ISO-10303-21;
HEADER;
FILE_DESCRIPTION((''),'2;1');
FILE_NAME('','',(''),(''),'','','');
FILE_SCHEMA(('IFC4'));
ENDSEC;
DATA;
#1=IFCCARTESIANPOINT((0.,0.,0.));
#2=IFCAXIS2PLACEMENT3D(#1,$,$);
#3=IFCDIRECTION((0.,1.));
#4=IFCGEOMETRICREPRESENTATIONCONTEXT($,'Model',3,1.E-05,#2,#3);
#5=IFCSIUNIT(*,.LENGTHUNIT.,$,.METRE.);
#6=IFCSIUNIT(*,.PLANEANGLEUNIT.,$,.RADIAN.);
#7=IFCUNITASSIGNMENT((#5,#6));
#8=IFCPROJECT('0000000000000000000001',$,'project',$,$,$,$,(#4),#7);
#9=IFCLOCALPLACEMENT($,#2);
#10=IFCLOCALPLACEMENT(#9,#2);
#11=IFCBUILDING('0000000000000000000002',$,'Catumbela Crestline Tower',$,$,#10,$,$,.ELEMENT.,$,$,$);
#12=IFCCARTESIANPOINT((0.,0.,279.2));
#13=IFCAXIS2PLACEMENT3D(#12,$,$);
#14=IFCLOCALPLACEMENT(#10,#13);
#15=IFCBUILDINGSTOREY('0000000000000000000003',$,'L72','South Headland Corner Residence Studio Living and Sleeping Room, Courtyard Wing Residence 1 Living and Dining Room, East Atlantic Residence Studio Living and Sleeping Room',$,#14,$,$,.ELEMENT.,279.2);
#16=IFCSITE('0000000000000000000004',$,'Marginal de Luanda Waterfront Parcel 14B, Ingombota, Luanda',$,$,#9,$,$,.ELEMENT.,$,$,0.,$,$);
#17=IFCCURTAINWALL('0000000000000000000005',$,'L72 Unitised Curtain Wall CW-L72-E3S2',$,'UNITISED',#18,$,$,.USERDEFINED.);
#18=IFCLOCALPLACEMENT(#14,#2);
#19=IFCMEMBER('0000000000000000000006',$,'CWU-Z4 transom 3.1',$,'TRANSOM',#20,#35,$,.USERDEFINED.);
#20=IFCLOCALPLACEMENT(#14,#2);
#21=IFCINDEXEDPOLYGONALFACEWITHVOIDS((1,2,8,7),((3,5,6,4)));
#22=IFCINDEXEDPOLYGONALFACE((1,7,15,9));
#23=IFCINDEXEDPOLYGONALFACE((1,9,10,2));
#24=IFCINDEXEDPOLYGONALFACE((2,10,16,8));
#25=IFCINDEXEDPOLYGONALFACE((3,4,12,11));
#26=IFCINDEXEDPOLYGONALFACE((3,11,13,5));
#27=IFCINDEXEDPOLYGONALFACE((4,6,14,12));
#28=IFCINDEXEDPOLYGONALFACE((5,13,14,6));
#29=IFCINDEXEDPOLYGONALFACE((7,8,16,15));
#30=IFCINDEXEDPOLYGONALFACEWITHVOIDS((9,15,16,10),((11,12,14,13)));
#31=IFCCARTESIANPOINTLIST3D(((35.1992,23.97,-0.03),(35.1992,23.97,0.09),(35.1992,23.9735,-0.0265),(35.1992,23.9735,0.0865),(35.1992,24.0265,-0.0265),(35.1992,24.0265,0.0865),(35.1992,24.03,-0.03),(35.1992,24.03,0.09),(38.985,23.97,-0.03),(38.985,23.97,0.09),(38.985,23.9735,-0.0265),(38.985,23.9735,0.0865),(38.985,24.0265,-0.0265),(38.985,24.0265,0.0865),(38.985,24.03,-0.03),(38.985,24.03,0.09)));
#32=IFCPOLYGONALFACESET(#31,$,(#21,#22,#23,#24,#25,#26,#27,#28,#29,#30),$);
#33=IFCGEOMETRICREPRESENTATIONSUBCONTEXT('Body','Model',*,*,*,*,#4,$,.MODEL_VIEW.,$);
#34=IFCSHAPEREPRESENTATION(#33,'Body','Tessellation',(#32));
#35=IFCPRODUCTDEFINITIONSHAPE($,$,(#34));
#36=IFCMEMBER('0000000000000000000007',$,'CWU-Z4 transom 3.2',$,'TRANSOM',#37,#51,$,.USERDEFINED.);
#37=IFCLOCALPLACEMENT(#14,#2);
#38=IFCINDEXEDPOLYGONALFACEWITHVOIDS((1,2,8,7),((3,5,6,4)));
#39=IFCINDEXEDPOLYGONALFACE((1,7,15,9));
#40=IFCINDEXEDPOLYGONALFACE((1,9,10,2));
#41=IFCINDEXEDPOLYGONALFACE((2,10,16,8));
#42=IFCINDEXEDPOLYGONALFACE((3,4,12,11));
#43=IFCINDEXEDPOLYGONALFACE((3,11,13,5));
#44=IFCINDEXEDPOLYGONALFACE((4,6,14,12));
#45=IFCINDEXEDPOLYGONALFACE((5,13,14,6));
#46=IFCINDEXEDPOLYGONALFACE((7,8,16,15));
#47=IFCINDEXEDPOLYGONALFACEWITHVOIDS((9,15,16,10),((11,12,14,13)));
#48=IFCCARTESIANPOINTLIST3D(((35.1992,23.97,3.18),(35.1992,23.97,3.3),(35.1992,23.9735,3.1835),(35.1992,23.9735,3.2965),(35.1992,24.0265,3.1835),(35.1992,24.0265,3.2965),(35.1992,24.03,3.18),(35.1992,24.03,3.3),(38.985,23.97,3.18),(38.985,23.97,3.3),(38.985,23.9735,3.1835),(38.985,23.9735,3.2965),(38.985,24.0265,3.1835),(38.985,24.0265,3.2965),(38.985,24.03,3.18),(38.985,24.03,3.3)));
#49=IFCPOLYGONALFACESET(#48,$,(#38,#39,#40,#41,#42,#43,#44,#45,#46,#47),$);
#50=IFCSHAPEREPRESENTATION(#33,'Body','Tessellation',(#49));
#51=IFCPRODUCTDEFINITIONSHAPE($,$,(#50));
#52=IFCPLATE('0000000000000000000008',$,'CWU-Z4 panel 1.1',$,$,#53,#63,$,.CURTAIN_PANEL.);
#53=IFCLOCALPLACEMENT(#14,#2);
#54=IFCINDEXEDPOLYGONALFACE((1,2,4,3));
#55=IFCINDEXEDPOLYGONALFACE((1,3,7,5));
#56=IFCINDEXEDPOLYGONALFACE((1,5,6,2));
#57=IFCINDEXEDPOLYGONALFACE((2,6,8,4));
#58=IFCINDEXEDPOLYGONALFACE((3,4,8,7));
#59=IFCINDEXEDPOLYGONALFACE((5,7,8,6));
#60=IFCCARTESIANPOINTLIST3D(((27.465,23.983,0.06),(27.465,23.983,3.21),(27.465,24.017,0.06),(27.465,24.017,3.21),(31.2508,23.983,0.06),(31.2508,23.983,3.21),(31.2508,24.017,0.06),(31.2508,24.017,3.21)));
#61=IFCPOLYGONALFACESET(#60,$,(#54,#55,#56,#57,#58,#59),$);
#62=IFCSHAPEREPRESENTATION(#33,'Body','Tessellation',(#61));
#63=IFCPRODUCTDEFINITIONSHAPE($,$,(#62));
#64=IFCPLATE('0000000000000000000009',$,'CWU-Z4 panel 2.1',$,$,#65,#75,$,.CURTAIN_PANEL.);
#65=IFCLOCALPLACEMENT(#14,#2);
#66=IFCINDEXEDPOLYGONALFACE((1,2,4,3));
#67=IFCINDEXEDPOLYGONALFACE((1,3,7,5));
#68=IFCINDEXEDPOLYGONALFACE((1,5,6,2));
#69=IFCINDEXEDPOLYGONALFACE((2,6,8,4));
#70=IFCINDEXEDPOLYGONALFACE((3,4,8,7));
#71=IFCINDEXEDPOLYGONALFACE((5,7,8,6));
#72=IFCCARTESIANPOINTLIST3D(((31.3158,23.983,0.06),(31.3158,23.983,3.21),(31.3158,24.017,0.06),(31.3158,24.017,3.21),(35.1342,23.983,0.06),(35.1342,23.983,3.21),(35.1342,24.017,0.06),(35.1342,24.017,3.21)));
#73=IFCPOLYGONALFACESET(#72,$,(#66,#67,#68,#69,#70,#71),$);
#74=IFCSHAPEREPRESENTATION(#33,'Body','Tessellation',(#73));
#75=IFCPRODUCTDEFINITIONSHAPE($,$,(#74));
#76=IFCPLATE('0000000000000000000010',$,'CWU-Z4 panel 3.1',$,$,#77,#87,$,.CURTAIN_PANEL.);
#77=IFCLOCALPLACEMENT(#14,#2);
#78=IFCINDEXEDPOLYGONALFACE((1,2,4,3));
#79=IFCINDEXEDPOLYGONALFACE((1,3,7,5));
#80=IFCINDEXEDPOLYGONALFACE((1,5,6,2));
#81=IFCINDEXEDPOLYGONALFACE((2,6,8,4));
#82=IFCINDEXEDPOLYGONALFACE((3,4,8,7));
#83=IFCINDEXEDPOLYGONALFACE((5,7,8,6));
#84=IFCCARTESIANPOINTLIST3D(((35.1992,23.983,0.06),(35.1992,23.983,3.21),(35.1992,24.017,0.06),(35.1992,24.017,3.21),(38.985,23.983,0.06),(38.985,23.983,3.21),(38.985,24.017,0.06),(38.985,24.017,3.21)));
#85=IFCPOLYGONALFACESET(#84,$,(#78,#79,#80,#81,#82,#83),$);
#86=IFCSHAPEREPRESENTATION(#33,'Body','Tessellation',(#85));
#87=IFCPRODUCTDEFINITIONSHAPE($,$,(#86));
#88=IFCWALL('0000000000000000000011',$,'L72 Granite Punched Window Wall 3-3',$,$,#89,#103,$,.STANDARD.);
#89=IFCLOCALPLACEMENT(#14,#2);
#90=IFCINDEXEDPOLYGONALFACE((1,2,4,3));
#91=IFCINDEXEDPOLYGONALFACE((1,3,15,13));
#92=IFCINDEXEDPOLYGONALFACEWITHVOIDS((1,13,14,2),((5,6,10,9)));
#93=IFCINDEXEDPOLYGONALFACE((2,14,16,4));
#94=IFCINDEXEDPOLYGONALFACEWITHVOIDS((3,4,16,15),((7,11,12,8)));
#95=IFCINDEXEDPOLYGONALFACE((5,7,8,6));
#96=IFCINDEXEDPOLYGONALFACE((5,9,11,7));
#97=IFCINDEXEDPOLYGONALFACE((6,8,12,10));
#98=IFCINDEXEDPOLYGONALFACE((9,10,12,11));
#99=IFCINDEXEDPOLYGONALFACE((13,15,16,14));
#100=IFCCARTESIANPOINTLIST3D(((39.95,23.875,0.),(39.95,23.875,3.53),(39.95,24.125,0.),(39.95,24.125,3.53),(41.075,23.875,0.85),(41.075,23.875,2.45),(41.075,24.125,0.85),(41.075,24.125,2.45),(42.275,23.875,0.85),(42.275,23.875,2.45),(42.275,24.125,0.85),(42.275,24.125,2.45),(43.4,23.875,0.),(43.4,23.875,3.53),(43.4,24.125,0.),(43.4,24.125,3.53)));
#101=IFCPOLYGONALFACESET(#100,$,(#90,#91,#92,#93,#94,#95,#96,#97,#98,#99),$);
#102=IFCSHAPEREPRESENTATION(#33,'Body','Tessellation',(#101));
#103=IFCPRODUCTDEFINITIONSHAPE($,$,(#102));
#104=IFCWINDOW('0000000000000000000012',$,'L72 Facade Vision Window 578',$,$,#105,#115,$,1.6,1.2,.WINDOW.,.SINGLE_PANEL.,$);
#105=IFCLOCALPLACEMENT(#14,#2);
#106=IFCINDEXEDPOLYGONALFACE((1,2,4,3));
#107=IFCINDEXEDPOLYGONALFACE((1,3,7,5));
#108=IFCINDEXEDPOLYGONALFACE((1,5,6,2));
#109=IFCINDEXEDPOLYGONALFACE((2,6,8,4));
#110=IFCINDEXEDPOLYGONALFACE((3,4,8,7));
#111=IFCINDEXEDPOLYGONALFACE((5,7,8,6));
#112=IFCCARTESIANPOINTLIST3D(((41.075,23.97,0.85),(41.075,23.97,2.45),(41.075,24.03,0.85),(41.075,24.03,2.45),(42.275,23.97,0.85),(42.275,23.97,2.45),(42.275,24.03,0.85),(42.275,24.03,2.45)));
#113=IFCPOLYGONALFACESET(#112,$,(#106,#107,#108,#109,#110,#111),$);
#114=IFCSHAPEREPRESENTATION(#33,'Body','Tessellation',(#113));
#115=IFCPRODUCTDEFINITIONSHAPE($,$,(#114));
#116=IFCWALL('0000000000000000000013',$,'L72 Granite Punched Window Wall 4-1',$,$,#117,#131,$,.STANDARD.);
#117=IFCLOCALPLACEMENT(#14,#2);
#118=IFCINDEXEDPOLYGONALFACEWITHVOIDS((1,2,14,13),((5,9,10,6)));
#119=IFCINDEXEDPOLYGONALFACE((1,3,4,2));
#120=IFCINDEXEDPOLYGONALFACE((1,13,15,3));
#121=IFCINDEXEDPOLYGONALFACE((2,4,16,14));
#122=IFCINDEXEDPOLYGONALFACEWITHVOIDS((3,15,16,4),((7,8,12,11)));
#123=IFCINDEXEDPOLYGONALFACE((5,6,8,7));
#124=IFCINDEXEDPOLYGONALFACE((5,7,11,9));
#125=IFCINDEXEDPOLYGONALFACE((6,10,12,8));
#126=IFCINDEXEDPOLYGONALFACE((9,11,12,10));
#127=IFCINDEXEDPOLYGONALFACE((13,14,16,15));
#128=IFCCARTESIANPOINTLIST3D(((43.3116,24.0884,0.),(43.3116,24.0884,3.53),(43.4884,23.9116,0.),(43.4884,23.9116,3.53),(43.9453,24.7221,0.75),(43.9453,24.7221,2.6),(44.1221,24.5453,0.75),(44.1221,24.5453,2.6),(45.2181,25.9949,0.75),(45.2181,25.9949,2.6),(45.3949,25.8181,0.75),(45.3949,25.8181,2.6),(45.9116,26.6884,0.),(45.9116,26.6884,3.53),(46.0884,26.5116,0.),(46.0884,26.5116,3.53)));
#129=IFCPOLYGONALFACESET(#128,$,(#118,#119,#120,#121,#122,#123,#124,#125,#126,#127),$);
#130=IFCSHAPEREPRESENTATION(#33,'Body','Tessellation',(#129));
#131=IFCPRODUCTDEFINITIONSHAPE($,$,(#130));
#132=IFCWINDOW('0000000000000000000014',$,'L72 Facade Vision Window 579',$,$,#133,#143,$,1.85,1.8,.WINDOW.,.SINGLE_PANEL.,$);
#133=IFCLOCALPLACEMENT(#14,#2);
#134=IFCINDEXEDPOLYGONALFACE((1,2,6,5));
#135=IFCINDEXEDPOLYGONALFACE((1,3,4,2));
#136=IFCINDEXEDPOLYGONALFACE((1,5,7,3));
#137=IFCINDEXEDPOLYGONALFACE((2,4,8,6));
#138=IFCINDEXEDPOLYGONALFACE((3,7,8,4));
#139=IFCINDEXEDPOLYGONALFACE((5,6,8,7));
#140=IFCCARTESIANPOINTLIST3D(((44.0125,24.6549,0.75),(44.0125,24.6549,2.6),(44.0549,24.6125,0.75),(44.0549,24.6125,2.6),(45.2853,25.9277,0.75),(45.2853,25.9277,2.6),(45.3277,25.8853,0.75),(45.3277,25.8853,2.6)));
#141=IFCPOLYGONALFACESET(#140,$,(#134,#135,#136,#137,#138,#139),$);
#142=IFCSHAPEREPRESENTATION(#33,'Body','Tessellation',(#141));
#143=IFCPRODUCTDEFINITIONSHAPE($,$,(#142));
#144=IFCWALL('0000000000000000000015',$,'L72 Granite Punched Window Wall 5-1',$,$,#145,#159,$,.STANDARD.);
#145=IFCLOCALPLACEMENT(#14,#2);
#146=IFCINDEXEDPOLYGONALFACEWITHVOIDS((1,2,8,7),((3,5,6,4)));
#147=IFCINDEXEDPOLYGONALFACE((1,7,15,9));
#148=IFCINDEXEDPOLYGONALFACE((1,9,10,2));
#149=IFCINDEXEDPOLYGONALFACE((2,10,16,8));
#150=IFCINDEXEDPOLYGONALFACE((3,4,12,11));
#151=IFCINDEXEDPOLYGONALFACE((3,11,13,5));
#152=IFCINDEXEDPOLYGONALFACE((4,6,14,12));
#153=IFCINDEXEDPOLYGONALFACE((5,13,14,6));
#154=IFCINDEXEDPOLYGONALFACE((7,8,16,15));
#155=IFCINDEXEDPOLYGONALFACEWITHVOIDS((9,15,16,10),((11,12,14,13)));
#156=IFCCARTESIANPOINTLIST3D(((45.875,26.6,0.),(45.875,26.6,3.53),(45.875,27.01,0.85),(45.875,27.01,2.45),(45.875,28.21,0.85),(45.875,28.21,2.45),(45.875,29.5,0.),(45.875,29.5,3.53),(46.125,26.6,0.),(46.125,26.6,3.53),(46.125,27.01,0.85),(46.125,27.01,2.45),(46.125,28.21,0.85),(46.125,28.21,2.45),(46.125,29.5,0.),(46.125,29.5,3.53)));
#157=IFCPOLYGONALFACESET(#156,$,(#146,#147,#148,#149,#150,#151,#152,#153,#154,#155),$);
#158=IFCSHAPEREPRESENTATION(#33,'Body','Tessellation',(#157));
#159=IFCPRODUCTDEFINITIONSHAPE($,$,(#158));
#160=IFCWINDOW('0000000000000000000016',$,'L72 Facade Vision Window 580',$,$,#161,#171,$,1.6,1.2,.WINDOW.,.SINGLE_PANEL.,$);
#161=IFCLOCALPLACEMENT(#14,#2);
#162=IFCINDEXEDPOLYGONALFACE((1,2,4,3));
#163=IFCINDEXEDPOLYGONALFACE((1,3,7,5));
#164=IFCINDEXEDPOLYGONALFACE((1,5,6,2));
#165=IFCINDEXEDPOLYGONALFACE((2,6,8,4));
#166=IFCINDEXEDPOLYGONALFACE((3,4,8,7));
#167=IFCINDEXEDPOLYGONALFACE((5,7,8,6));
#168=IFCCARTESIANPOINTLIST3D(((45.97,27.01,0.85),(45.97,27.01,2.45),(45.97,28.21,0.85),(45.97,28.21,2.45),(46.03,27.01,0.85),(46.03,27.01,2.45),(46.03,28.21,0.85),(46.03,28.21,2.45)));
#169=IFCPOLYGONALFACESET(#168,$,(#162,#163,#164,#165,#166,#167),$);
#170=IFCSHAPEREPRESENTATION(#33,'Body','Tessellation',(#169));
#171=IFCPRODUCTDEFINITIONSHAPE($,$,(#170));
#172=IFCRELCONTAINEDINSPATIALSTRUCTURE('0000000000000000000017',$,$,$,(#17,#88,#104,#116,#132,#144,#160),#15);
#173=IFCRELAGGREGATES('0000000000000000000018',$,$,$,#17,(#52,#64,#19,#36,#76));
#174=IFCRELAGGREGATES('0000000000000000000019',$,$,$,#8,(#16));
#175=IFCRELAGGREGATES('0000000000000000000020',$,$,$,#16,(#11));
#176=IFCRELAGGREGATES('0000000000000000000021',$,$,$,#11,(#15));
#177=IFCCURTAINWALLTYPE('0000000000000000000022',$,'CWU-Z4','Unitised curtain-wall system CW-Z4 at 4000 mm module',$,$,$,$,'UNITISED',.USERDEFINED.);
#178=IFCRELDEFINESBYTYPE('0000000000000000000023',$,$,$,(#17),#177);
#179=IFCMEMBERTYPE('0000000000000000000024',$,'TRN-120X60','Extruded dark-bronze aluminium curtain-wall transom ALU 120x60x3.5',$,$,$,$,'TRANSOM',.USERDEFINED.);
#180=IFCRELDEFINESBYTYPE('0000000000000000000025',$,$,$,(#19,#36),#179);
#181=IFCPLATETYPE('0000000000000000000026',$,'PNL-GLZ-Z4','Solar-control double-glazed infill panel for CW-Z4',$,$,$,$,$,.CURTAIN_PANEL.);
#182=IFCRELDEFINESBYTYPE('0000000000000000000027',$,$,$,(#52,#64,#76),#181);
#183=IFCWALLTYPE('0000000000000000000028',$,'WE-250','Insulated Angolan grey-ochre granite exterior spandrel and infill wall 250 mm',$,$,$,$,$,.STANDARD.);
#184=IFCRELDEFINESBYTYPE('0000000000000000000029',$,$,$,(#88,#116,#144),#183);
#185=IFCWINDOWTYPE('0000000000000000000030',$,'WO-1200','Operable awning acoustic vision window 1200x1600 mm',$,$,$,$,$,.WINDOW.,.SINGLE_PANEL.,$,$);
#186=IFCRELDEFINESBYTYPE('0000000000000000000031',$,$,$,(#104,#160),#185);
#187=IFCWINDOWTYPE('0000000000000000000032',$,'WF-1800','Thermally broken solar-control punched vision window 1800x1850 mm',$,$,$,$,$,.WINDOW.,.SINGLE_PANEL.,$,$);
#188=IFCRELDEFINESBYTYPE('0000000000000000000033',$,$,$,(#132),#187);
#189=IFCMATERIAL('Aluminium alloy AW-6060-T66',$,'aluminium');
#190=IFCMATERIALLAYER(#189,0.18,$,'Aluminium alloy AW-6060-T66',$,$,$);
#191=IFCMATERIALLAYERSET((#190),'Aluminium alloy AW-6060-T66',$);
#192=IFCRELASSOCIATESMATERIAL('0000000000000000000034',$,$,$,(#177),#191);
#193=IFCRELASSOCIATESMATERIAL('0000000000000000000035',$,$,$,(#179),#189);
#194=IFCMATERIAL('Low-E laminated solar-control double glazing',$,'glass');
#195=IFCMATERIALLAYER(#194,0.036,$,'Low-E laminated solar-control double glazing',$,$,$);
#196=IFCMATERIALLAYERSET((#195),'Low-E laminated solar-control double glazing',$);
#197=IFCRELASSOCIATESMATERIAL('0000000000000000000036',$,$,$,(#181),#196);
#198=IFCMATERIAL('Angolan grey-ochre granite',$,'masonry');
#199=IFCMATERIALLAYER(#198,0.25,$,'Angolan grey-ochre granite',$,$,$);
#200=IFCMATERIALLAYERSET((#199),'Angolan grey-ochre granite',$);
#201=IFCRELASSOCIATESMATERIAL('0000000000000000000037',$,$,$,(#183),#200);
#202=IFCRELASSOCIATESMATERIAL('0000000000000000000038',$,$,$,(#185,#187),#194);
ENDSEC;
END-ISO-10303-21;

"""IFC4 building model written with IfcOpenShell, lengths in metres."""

from ifc_helpers import new_model, si_unit, direction, frame, frame_2d, origin, origin_2d, place, context, subcontext, project, spatial, rectangle, hollow_rectangle, extrude, material, layer, layer_set, material_profile, profile_set, type_object, element, fill, aggregate, save


model = new_model("IFC4")

# Units and contexts
model_context = context("Model", 3, precision=1e-05, world=origin(), true_north=direction((0.0, 1.0)))
body_context = subcontext(model_context, "Body", "Model", "MODEL_VIEW")
ifc_project = project(units=[si_unit("LENGTHUNIT", "METRE"), si_unit("PLANEANGLEUNIT", "RADIAN")], contexts=[model_context])

# Site, building, storey
site_placement = place(None, origin())
site = spatial("IfcSite", under=ifc_project, at=site_placement, Name="Marginal de Luanda Waterfront Parcel 14B, Ingombota, Luanda", CompositionType="ELEMENT", RefElevation=0.0)
building_placement = place(site_placement, origin())
building = spatial("IfcBuilding", under=site, at=building_placement, Name="Catumbela Crestline Tower", CompositionType="ELEMENT")
storey_placement = place(building_placement, frame((0.0, 0.0, 279.2)))
storey = spatial("IfcBuildingStorey", under=building, at=storey_placement, Name="L72", Description="South Headland Corner Residence Studio Living and Sleeping Room, Courtyard Wing Residence 1 Living and Dining Room, East Atlantic Residence Studio Living and Sleeping Room", CompositionType="ELEMENT", Elevation=279.2)

# Curtain wall
ifc_material_1 = material(Name="Aluminium alloy AW-6060-T66", Category="aluminium")
ifc_layer_1 = layer(ifc_material_1, 0.18, Name="Aluminium alloy AW-6060-T66")
ifc_layer_set_1 = layer_set([ifc_layer_1], Name="Aluminium alloy AW-6060-T66")
curtain_wall_type = type_object("IfcCurtainWallType", Name="CWU-Z4", Description="Unitised curtain-wall system CW-Z4 at 4000 mm module", ElementType="UNITISED", PredefinedType="USERDEFINED", material=ifc_layer_set_1)
curtain_wall_placement = place(storey_placement, origin())
curtain_wall = element("IfcCurtainWall", 1, at=curtain_wall_placement, inside=storey, type_object=curtain_wall_type, Name="L72 Unitised Curtain Wall CW-L72-E3S2", ObjectType="UNITISED", PredefinedType="USERDEFINED")

# Members
ifc_material_profile_1 = material_profile(ifc_material_1, hollow_rectangle(XDim=0.06, YDim=0.12, WallThickness=0.0035, at=origin_2d()), Name="ALU 120x60x3.5")
ifc_profile_set_1 = profile_set([ifc_material_profile_1], Name="Aluminium alloy AW-6060-T66")
member_type_1 = type_object("IfcMemberType", Name="TRN-120X60", Description="Extruded dark-bronze aluminium curtain-wall transom ALU 120x60x3.5", ElementType="TRANSOM", PredefinedType="USERDEFINED", material=ifc_profile_set_1)
member_1_placement = place(storey_placement, frame((35.1992, 24.0, 0.03), z_axis=(1.0, 0.0, 0.0), x_axis=(0.0, 1.0, 0.0)))
member_1 = element("IfcMember", 2, at=member_1_placement, type_object=member_type_1, Name="CWU-Z4 transom 3.1", ObjectType="TRANSOM", PredefinedType="USERDEFINED", context=body_context, shape_type="SweptSolid", body=[
    extrude(hollow_rectangle(XDim=0.06, YDim=0.12, WallThickness=0.0035, at=origin_2d()), origin(), (0.0, 0.0, 1.0), 3.7858),
])
member_2_placement = place(storey_placement, frame((35.1992, 24.0, 3.24), z_axis=(1.0, 0.0, 0.0), x_axis=(0.0, 1.0, 0.0)))
member_2 = element("IfcMember", 3, at=member_2_placement, type_object=member_type_1, Name="CWU-Z4 transom 3.2", ObjectType="TRANSOM", PredefinedType="USERDEFINED", context=body_context, shape_type="SweptSolid", body=[
    extrude(hollow_rectangle(XDim=0.06, YDim=0.12, WallThickness=0.0035, at=origin_2d()), origin(), (0.0, 0.0, 1.0), 3.7858),
])

# Plates
ifc_material_2 = material(Name="Low-E laminated solar-control double glazing", Category="glass")
ifc_layer_2 = layer(ifc_material_2, 0.036, Name="Low-E laminated solar-control double glazing")
ifc_layer_set_2 = layer_set([ifc_layer_2], Name="Low-E laminated solar-control double glazing")
plate_type = type_object("IfcPlateType", Name="PNL-GLZ-Z4", Description="Solar-control double-glazed infill panel for CW-Z4", PredefinedType="CURTAIN_PANEL", material=ifc_layer_set_2)
plate_1_placement = place(storey_placement, frame((29.3579, 24.0, 0.06), z_axis=(0.0, 0.0, 1.0), x_axis=(1.0, 0.0, 0.0)))
plate_1 = element("IfcPlate", 4, at=plate_1_placement, type_object=plate_type, Name="CWU-Z4 panel 1.1", PredefinedType="CURTAIN_PANEL", context=body_context, shape_type="SweptSolid", body=[
    extrude(rectangle(XDim=3.7858, YDim=0.034, at=origin_2d()), origin(), (0.0, 0.0, 1.0), 3.15),
])
plate_2_placement = place(storey_placement, frame((33.225, 24.0, 0.06), z_axis=(0.0, 0.0, 1.0), x_axis=(1.0, 0.0, 0.0)))
plate_2 = element("IfcPlate", 5, at=plate_2_placement, type_object=plate_type, Name="CWU-Z4 panel 2.1", PredefinedType="CURTAIN_PANEL", context=body_context, shape_type="SweptSolid", body=[
    extrude(rectangle(XDim=3.8183, YDim=0.034, at=origin_2d()), origin(), (0.0, 0.0, 1.0), 3.15),
])
plate_3_placement = place(storey_placement, frame((37.0921, 24.0, 0.06), z_axis=(0.0, 0.0, 1.0), x_axis=(1.0, 0.0, 0.0)))
plate_3 = element("IfcPlate", 6, at=plate_3_placement, type_object=plate_type, Name="CWU-Z4 panel 3.1", PredefinedType="CURTAIN_PANEL", context=body_context, shape_type="SweptSolid", body=[
    extrude(rectangle(XDim=3.7858, YDim=0.034, at=origin_2d()), origin(), (0.0, 0.0, 1.0), 3.15),
])
aggregate(curtain_wall, [plate_1, plate_2, member_1, member_2, plate_3])

# Walls, openings, windows
ifc_material_3 = material(Name="Angolan grey-ochre granite", Category="masonry")
ifc_layer_3 = layer(ifc_material_3, 0.25, Name="Angolan grey-ochre granite")
ifc_layer_set_3 = layer_set([ifc_layer_3], Name="Angolan grey-ochre granite")
wall_type_1 = type_object("IfcWallType", Name="WE-250", Description="Insulated Angolan grey-ochre granite exterior spandrel and infill wall 250 mm", PredefinedType="STANDARD", material=ifc_layer_set_3)
wall_1_placement = place(storey_placement, frame((39.95, 24.0, 0.0), z_axis=(0.0, 0.0, 1.0), x_axis=(1.0, 0.0, 0.0)))
wall_1 = element("IfcWall", 7, at=wall_1_placement, inside=storey, type_object=wall_type_1, Name="L72 Granite Punched Window Wall 3-3", PredefinedType="STANDARD", context=body_context, shape_type="SweptSolid", body=[
    extrude(rectangle(XDim=3.45, YDim=0.25, at=frame_2d((1.725, 0.0))), origin(), (0.0, 0.0, 1.0), 3.53),
])
opening_1_placement = place(wall_1_placement, frame((1.125, 0.0, 0.85)))
opening_1 = element("IfcOpeningElement", 8, at=opening_1_placement, cuts=wall_1, PredefinedType="OPENING", context=body_context, shape_type="SweptSolid", body=[
    extrude(rectangle(XDim=1.2, YDim=1.6, at=frame_2d((0.6, 0.8))), frame((0.0, 0.135, 0.0), z_axis=(0.0, -1.0, 0.0), x_axis=(1.0, 0.0, 0.0)), (0.0, 0.0, 1.0), 0.27),
])
window_type_1 = type_object("IfcWindowType", Name="WO-1200", Description="Operable awning acoustic vision window 1200x1600 mm", PartitioningType="SINGLE_PANEL", PredefinedType="WINDOW", material=ifc_material_2)
window_1_placement = place(opening_1_placement, origin())
window_1 = element("IfcWindow", 9, at=window_1_placement, inside=storey, type_object=window_type_1, Name="L72 Facade Vision Window 578", OverallHeight=1.6, OverallWidth=1.2, PartitioningType="SINGLE_PANEL", PredefinedType="WINDOW", context=body_context, shape_type="SweptSolid", body=[
    extrude(rectangle(XDim=1.2, YDim=1.6, at=frame_2d((0.6, 0.8))), frame((0.0, 0.03, 0.0), z_axis=(0.0, -1.0, 0.0), x_axis=(1.0, 0.0, 0.0)), (0.0, 0.0, 1.0), 0.06),
])
fill(opening_1, window_1)
wall_2_placement = place(storey_placement, frame((43.4, 24.0, 0.0), z_axis=(0.0, 0.0, 1.0), x_axis=(0.707107, 0.707107, 0.0)))
wall_2 = element("IfcWall", 10, at=wall_2_placement, inside=storey, type_object=wall_type_1, Name="L72 Granite Punched Window Wall 4-1", PredefinedType="STANDARD", context=body_context, shape_type="SweptSolid", body=[
    extrude(rectangle(XDim=3.677, YDim=0.25, at=frame_2d((1.8385, 0.0))), origin(), (0.0, 0.0, 1.0), 3.53),
])
opening_2_placement = place(wall_2_placement, frame((0.8962, 0.0, 0.75)))
opening_2 = element("IfcOpeningElement", 11, at=opening_2_placement, cuts=wall_2, PredefinedType="OPENING", context=body_context, shape_type="SweptSolid", body=[
    extrude(rectangle(XDim=1.8, YDim=1.85, at=frame_2d((0.9, 0.925))), frame((0.0, 0.135, 0.0), z_axis=(0.0, -1.0, 0.0), x_axis=(1.0, 0.0, 0.0)), (0.0, 0.0, 1.0), 0.27),
])
window_type_2 = type_object("IfcWindowType", Name="WF-1800", Description="Thermally broken solar-control punched vision window 1800x1850 mm", PartitioningType="SINGLE_PANEL", PredefinedType="WINDOW", material=ifc_material_2)
window_2_placement = place(opening_2_placement, origin())
window_2 = element("IfcWindow", 12, at=window_2_placement, inside=storey, type_object=window_type_2, Name="L72 Facade Vision Window 579", OverallHeight=1.85, OverallWidth=1.8, PartitioningType="SINGLE_PANEL", PredefinedType="WINDOW", context=body_context, shape_type="SweptSolid", body=[
    extrude(rectangle(XDim=1.8, YDim=1.85, at=frame_2d((0.9, 0.925))), frame((0.0, 0.03, 0.0), z_axis=(0.0, -1.0, 0.0), x_axis=(1.0, 0.0, 0.0)), (0.0, 0.0, 1.0), 0.06),
])
fill(opening_2, window_2)
wall_3_placement = place(storey_placement, frame((46.0, 26.6, 0.0), z_axis=(0.0, 0.0, 1.0), x_axis=(0.0, 1.0, 0.0)))
wall_3 = element("IfcWall", 13, at=wall_3_placement, inside=storey, type_object=wall_type_1, Name="L72 Granite Punched Window Wall 5-1", PredefinedType="STANDARD", context=body_context, shape_type="SweptSolid", body=[
    extrude(rectangle(XDim=2.9, YDim=0.25, at=frame_2d((1.45, 0.0))), origin(), (0.0, 0.0, 1.0), 3.53),
])
opening_3_placement = place(wall_3_placement, frame((0.41, 0.0, 0.85)))
opening_3 = element("IfcOpeningElement", 14, at=opening_3_placement, cuts=wall_3, PredefinedType="OPENING", context=body_context, shape_type="SweptSolid", body=[
    extrude(rectangle(XDim=1.2, YDim=1.6, at=frame_2d((0.6, 0.8))), frame((0.0, 0.135, 0.0), z_axis=(0.0, -1.0, 0.0), x_axis=(1.0, 0.0, 0.0)), (0.0, 0.0, 1.0), 0.27),
])
window_3_placement = place(opening_3_placement, origin())
window_3 = element("IfcWindow", 15, at=window_3_placement, inside=storey, type_object=window_type_1, Name="L72 Facade Vision Window 580", OverallHeight=1.6, OverallWidth=1.2, PartitioningType="SINGLE_PANEL", PredefinedType="WINDOW", context=body_context, shape_type="SweptSolid", body=[
    extrude(rectangle(XDim=1.2, YDim=1.6, at=frame_2d((0.6, 0.8))), frame((0.0, 0.03, 0.0), z_axis=(0.0, -1.0, 0.0), x_axis=(1.0, 0.0, 0.0)), (0.0, 0.0, 1.0), 0.06),
])
fill(opening_3, window_3)

save(model, "model.ifc")
